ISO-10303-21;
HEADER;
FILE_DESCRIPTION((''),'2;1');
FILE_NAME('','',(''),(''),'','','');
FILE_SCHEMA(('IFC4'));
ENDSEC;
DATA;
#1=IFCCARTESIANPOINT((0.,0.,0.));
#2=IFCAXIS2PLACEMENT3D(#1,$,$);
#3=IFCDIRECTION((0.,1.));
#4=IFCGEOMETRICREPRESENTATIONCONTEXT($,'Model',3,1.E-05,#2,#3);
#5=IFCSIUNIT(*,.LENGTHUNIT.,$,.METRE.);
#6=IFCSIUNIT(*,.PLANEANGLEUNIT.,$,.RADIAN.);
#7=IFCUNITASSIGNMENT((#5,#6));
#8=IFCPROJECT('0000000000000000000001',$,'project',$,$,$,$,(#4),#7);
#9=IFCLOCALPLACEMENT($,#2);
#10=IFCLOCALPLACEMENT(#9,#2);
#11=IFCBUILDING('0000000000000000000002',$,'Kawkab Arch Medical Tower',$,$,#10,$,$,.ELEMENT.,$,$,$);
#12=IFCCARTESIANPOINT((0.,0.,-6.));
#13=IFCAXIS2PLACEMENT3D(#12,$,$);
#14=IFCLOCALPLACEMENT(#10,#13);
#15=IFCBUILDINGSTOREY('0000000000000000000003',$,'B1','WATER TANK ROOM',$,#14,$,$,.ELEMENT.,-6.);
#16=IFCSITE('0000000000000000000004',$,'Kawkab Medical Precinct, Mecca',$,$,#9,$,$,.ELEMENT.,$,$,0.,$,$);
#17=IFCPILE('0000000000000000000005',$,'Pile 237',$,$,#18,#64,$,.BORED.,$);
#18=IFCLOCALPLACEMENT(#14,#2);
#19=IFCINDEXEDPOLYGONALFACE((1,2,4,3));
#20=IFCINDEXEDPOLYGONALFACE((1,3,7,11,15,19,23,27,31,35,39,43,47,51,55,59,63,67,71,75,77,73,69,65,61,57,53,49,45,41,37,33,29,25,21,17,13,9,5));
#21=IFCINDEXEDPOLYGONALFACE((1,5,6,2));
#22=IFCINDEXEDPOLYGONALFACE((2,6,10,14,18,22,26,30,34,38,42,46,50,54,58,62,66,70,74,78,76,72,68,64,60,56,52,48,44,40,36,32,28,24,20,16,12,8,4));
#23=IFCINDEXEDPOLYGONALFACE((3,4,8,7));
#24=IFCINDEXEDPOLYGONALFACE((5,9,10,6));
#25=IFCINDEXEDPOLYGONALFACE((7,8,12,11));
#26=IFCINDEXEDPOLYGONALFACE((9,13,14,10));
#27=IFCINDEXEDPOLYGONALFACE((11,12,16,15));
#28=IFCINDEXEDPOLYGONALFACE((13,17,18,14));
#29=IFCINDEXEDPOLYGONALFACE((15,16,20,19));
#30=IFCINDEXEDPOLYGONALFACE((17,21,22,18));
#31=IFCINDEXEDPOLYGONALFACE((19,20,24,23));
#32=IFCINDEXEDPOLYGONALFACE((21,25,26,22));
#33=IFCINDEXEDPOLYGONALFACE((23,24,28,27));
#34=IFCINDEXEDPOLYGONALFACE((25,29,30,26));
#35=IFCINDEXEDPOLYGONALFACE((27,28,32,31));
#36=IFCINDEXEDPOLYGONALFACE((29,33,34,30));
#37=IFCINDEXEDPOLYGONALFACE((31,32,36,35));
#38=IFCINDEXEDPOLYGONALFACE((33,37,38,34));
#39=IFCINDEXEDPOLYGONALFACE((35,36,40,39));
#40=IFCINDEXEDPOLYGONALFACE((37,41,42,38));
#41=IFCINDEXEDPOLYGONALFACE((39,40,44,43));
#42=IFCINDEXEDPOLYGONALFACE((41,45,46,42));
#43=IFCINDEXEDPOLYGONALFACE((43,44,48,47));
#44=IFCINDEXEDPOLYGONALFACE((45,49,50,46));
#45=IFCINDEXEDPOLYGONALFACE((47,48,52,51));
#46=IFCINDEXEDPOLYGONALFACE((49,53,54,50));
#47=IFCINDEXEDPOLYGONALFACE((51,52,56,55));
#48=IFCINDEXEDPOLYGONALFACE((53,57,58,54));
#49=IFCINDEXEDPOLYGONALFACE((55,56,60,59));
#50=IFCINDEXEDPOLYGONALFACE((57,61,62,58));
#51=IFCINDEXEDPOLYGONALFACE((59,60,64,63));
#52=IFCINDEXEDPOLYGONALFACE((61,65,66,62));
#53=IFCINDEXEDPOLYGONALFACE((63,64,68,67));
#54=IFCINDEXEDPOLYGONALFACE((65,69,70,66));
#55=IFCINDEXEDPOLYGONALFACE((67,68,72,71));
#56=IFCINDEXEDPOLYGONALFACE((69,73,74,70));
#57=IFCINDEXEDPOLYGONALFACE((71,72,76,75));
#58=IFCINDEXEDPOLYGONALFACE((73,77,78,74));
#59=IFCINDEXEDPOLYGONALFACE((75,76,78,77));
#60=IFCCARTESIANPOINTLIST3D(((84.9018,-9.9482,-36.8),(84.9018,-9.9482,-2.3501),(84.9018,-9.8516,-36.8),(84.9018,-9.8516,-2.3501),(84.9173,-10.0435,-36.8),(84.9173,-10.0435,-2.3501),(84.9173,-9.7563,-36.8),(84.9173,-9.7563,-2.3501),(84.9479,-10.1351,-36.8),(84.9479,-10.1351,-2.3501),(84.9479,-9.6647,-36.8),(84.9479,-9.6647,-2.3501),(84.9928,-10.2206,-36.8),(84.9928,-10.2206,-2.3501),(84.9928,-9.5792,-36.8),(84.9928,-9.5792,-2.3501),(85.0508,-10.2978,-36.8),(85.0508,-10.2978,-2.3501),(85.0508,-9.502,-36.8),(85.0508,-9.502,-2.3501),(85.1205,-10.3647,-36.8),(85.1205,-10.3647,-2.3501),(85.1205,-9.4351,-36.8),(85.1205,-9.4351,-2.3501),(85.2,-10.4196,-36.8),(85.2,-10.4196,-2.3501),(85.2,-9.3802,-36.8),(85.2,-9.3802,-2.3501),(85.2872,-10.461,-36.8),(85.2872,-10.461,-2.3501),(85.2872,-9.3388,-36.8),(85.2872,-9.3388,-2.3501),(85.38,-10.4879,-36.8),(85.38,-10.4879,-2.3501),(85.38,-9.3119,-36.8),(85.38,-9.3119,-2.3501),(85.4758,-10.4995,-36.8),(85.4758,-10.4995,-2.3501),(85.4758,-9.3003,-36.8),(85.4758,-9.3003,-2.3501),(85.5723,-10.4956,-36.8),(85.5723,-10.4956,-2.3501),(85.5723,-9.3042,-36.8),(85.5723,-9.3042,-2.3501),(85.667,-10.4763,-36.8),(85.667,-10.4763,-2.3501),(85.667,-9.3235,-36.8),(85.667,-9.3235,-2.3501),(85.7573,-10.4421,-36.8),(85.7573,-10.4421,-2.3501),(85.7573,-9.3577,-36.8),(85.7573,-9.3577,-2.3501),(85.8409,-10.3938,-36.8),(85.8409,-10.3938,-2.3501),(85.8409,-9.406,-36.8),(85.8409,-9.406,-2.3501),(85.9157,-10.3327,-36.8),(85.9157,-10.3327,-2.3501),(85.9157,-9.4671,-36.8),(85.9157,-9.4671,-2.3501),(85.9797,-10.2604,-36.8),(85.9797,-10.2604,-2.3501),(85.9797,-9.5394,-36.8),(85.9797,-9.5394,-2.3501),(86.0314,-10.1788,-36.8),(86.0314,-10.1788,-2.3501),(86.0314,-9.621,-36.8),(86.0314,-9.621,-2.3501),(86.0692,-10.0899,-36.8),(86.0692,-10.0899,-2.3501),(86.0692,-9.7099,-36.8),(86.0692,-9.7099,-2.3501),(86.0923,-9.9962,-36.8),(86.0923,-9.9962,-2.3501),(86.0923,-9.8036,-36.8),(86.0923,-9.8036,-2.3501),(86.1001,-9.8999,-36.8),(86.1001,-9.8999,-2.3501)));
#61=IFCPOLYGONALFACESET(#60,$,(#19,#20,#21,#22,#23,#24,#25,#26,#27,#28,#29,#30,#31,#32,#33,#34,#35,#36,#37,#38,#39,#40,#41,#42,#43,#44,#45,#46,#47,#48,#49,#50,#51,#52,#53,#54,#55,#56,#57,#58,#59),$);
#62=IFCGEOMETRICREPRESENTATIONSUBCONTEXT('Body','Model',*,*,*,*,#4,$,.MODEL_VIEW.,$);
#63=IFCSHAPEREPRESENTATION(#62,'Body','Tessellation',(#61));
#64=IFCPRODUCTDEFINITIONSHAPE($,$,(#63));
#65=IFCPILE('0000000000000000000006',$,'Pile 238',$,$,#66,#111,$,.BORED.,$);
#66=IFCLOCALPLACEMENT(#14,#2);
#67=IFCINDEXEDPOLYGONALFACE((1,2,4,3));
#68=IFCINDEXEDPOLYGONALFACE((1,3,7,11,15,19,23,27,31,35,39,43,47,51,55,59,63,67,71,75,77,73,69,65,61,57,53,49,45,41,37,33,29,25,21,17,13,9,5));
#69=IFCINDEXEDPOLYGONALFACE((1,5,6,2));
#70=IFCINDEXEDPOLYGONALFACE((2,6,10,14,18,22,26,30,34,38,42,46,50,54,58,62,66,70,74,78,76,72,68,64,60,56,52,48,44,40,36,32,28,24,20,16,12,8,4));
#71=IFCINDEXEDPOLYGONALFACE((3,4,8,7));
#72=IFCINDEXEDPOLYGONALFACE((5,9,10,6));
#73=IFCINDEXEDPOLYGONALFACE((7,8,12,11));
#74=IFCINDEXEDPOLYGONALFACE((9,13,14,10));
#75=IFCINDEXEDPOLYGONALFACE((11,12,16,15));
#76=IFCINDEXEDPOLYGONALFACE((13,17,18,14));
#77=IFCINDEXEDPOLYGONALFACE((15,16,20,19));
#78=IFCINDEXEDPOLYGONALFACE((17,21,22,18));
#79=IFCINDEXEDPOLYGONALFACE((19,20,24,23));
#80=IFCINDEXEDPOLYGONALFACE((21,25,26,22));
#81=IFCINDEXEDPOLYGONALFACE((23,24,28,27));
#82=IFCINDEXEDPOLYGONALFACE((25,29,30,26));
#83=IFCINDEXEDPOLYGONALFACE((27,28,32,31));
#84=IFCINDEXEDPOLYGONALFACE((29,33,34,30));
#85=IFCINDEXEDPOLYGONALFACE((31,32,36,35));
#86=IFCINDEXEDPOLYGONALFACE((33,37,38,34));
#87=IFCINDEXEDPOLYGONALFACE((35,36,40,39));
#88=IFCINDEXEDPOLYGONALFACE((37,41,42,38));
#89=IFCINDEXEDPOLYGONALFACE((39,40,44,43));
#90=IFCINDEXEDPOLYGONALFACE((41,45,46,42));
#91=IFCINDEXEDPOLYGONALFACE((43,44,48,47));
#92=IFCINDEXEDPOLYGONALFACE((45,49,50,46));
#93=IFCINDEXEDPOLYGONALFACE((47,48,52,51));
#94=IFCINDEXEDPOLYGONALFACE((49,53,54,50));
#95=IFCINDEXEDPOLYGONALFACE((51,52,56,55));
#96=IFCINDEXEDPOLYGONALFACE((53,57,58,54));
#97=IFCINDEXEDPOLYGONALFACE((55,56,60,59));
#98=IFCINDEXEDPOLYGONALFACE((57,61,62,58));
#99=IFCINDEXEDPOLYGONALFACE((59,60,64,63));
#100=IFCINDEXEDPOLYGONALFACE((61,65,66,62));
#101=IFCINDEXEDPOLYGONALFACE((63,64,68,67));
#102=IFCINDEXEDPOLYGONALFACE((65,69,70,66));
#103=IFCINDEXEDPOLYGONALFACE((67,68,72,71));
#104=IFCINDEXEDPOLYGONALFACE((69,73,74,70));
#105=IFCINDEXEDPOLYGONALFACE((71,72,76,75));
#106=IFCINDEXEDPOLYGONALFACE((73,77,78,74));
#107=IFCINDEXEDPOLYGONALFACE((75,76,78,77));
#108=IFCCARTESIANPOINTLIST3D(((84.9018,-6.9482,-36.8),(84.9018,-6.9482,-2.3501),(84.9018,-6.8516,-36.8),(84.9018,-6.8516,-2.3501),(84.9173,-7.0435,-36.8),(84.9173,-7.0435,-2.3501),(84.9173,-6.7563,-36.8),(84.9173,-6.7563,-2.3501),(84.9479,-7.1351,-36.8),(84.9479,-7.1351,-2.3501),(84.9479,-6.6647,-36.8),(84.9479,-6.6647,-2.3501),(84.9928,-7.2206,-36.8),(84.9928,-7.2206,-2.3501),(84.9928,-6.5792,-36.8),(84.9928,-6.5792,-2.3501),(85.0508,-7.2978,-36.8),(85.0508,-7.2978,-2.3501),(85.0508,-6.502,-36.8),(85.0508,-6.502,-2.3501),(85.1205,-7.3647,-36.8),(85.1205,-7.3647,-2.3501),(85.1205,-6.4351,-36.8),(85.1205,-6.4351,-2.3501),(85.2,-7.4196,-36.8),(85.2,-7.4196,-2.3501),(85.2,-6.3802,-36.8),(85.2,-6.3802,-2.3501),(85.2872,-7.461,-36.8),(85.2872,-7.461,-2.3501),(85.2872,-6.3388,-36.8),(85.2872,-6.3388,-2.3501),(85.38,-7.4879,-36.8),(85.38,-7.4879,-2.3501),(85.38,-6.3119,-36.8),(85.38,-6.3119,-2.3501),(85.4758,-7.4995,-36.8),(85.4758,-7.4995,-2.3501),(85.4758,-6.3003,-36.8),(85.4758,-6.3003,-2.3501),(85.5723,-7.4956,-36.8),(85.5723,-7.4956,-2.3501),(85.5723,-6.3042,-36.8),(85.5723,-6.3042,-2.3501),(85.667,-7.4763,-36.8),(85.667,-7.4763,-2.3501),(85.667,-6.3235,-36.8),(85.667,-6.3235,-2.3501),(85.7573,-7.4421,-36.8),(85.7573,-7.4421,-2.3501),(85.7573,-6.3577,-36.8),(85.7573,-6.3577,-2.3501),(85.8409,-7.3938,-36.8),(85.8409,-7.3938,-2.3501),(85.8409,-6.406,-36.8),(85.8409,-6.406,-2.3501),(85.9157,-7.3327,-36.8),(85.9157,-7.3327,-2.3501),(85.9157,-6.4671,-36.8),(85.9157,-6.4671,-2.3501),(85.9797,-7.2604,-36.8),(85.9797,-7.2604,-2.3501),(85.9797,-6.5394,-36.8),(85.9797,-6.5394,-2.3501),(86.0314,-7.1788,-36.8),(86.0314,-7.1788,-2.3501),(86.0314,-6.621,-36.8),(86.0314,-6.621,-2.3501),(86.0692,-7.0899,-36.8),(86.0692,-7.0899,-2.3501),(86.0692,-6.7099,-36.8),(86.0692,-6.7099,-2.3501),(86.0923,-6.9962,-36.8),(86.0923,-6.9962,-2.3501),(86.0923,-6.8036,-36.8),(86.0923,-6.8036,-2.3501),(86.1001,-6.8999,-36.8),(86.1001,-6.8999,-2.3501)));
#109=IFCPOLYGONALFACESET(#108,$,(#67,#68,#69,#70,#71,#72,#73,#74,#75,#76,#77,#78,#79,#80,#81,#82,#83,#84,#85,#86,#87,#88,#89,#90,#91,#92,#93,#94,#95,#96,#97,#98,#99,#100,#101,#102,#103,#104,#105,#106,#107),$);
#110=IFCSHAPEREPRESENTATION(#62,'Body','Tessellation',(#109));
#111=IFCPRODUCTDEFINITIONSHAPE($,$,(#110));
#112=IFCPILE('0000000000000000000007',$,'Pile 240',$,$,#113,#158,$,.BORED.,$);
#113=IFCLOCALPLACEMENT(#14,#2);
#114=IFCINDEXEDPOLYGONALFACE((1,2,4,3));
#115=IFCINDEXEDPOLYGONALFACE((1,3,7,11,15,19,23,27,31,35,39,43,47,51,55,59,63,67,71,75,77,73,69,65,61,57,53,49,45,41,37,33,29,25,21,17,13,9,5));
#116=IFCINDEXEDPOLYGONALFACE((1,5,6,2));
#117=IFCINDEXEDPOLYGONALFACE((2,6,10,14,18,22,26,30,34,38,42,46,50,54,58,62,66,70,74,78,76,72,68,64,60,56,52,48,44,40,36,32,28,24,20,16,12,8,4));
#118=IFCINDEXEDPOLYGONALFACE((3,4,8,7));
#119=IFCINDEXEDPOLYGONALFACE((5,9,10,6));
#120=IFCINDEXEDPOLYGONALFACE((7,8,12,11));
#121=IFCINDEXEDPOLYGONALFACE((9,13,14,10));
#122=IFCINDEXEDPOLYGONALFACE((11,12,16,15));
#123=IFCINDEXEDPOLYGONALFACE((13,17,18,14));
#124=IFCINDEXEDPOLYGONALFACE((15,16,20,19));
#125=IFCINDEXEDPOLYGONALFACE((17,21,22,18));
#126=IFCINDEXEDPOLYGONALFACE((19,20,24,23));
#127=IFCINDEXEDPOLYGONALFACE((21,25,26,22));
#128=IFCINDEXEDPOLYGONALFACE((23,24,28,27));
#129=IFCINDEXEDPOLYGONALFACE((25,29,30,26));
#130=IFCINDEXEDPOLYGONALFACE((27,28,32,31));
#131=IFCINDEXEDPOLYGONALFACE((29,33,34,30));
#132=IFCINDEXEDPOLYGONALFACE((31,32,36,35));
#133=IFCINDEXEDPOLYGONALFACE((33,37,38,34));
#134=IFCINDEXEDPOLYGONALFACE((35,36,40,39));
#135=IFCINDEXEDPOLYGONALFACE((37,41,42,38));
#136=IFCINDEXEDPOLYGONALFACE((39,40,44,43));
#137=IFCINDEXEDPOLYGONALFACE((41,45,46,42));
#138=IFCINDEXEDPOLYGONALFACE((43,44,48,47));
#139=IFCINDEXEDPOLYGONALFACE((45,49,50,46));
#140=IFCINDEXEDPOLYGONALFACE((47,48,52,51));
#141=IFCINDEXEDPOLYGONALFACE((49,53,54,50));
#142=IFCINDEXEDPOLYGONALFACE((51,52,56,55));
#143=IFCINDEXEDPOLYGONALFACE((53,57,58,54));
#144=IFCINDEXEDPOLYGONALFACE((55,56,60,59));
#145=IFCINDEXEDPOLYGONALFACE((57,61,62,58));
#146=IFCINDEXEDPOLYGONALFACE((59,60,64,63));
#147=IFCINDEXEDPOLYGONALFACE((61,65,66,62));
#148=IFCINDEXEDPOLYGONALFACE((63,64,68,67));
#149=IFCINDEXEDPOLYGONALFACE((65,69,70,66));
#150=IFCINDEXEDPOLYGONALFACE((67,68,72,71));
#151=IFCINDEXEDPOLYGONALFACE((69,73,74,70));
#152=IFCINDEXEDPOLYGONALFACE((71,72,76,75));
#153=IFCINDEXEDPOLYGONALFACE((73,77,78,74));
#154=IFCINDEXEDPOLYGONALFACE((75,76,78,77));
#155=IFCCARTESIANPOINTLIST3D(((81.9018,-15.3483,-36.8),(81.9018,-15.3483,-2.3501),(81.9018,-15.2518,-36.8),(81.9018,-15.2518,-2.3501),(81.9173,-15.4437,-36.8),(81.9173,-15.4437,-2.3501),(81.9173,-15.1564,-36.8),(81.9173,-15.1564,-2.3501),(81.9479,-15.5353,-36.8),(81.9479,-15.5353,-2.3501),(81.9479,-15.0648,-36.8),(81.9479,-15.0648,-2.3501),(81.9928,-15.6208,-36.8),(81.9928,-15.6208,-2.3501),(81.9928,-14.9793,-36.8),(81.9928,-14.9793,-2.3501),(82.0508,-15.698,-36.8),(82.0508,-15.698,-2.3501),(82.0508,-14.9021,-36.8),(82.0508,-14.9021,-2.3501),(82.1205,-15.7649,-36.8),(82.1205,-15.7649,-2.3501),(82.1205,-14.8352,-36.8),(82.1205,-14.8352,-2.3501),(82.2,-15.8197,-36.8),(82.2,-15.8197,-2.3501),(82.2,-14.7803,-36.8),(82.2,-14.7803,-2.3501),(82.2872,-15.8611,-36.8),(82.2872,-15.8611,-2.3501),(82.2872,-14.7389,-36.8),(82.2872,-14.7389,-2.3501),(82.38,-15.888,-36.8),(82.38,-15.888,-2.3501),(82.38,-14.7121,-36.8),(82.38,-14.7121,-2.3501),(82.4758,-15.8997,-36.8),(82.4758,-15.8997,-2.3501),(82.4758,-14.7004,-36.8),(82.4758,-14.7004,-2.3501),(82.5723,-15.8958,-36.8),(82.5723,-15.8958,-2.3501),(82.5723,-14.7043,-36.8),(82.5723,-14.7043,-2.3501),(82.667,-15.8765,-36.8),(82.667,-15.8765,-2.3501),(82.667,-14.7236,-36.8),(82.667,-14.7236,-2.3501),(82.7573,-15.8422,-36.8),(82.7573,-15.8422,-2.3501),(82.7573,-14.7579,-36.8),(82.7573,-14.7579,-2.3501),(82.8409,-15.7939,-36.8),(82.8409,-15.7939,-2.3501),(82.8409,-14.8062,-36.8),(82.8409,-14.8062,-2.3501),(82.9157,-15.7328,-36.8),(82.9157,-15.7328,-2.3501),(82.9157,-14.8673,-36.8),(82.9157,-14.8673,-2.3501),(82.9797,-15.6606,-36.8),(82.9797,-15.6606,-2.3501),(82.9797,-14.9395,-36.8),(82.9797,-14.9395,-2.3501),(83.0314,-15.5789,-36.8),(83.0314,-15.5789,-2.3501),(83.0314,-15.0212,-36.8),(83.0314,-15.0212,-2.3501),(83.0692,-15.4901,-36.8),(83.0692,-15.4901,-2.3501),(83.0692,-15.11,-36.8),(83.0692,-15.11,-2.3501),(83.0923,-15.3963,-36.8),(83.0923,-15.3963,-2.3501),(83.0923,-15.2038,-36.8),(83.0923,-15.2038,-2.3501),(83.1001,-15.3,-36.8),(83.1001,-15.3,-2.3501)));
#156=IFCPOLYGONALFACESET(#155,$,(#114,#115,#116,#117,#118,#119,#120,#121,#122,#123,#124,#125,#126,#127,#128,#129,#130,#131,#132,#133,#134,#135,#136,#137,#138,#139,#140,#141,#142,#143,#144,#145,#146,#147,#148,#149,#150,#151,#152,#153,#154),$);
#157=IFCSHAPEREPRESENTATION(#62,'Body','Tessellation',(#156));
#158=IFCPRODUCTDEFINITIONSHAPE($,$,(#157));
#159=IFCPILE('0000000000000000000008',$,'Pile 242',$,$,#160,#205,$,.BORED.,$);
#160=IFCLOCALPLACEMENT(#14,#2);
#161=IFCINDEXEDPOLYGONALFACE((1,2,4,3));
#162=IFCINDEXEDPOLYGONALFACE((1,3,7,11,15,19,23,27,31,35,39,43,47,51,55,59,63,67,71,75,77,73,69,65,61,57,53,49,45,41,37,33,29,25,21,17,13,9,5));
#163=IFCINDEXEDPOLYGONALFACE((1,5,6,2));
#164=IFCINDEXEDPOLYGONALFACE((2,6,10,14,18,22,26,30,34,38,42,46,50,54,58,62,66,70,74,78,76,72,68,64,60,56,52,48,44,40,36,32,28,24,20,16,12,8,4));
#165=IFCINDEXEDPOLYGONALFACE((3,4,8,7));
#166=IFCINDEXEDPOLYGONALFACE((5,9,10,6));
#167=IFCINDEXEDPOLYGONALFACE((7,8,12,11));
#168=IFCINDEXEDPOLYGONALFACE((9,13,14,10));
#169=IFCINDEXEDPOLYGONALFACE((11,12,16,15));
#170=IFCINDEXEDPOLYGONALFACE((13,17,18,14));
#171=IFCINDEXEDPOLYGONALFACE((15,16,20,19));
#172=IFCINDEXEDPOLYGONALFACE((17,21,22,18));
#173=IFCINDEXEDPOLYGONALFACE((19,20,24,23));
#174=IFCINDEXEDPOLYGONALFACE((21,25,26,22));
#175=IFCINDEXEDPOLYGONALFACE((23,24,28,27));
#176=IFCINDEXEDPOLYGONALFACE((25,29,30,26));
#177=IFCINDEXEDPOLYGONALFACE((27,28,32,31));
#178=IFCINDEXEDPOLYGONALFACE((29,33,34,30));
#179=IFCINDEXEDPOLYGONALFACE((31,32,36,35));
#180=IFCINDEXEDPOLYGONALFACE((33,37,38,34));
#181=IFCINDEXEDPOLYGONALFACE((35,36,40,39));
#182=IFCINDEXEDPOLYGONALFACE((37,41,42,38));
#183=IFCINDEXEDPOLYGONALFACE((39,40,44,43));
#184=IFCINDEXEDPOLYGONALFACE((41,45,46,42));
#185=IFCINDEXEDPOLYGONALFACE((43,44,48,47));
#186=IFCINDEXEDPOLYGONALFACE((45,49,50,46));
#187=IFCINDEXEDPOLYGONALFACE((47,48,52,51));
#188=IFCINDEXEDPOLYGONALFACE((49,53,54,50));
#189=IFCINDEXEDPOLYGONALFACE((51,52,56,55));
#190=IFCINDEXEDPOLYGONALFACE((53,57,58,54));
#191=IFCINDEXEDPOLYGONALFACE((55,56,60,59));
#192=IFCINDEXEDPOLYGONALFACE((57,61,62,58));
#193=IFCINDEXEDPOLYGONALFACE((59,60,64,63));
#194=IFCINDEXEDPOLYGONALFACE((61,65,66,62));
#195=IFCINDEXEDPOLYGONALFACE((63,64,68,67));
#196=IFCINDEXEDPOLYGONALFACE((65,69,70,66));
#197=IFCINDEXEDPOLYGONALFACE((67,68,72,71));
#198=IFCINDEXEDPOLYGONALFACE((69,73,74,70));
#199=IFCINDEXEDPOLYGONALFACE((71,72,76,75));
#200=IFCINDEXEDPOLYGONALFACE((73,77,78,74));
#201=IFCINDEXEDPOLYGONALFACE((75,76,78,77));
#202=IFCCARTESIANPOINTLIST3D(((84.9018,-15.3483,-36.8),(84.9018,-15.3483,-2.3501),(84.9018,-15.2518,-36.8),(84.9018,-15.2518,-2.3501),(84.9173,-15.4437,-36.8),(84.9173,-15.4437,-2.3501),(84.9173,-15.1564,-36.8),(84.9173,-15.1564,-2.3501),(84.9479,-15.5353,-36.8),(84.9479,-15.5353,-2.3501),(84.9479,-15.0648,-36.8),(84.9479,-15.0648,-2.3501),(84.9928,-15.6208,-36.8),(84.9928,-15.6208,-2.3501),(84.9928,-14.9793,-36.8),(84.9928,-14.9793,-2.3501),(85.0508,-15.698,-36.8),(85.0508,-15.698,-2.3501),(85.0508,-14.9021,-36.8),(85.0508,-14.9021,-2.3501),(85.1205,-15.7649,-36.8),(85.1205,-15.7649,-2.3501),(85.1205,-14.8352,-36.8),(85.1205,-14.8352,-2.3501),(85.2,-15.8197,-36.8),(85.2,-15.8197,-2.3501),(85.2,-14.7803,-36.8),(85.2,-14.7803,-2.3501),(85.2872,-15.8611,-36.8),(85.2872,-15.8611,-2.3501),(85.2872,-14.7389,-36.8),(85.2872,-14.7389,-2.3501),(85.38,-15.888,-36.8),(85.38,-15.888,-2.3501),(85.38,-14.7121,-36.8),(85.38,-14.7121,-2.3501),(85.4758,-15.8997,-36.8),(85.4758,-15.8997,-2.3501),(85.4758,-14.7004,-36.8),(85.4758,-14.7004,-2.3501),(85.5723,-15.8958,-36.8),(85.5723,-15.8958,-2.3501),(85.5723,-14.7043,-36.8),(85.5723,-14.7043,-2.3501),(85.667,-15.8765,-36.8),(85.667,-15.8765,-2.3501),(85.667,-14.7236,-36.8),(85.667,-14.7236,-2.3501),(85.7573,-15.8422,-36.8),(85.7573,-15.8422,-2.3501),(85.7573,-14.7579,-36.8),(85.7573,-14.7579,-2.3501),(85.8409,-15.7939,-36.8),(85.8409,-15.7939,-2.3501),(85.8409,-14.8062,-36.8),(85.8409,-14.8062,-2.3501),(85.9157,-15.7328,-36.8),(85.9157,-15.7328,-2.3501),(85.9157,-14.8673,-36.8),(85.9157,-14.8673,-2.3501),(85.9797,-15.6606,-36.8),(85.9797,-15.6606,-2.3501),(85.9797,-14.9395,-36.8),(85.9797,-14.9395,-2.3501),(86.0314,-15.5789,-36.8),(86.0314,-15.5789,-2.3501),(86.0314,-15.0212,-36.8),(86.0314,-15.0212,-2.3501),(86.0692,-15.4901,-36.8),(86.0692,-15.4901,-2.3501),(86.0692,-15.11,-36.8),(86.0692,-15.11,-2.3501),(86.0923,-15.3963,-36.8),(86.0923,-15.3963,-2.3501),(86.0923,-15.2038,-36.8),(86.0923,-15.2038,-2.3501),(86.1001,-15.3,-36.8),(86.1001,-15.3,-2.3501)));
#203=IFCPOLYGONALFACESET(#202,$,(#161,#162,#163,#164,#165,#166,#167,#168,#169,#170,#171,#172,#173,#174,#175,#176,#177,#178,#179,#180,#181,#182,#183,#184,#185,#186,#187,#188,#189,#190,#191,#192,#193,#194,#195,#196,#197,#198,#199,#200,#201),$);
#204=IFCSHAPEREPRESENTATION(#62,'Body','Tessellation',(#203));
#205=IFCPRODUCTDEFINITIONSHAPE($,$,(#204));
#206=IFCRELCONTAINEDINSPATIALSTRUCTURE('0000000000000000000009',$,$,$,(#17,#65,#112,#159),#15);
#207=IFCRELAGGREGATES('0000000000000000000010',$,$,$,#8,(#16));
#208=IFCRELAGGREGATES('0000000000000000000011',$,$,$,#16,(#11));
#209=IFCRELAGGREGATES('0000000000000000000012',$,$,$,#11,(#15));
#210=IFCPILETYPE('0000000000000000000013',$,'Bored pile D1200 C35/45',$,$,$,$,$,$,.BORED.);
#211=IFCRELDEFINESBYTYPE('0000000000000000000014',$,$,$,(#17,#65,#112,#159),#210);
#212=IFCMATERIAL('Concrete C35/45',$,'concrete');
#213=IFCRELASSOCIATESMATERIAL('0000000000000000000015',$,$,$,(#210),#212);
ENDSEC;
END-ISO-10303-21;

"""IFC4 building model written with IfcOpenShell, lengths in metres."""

from ifc_helpers import new_model, si_unit, direction, frame, origin, origin_2d, place, context, subcontext, project, spatial, circle, extrude, material, material_profile, profile_set, type_object, element, save


model = new_model("IFC4")

# Units and contexts
model_context = context("Model", 3, precision=1e-05, world=origin(), true_north=direction((0.0, 1.0)))
body_context = subcontext(model_context, "Body", "Model", "MODEL_VIEW")
ifc_project = project(units=[si_unit("LENGTHUNIT", "METRE"), si_unit("PLANEANGLEUNIT", "RADIAN")], contexts=[model_context])

# Site, building, storey
site_placement = place(None, origin())
site = spatial("IfcSite", under=ifc_project, at=site_placement, Name="Kawkab Medical Precinct, Mecca", CompositionType="ELEMENT", RefElevation=0.0)
building_placement = place(site_placement, origin())
building = spatial("IfcBuilding", under=site, at=building_placement, Name="Kawkab Arch Medical Tower", CompositionType="ELEMENT")
storey_placement = place(building_placement, frame((0.0, 0.0, -6.0)))
storey = spatial("IfcBuildingStorey", under=building, at=storey_placement, Name="B1", Description="WATER TANK ROOM", CompositionType="ELEMENT", Elevation=-6.0)

# Piles
ifc_material_1 = material(Name="Concrete C35/45", Category="concrete")
ifc_material_profile_1 = material_profile(ifc_material_1, circle(Radius=0.6001, at=origin_2d()), Name="Bored pile D1200")
ifc_profile_set_1 = profile_set([ifc_material_profile_1], Name="Concrete C35/45")
pile_type_1 = type_object("IfcPileType", Name="Bored pile D1200 C35/45", PredefinedType="BORED", material=ifc_profile_set_1)
for number, where, z_axis, x_axis, name in (
    (1, (85.5, -9.8999, -2.3501), (0.0, 0.0, -1.0), (1.0, 0.0, 0.0), "Pile 237"),
    (2, (85.5, -6.8999, -2.3501), (0.0, 0.0, -1.0), (1.0, 0.0, 0.0), "Pile 238"),
    (3, (82.5, -15.3, -2.3501), (0.0, 0.0, -1.0), (1.0, 0.0, 0.0), "Pile 240"),
    (4, (85.5, -15.3, -2.3501), (0.0, 0.0, -1.0), (1.0, 0.0, 0.0), "Pile 242"),
):
    element("IfcPile", number, at=place(storey_placement, frame(where, z_axis=z_axis, x_axis=x_axis)), inside=storey, type_object=pile_type_1, Name=name, PredefinedType="BORED", context=body_context, shape_type="SweptSolid", body=[
        extrude(circle(Radius=0.6001, at=origin_2d()), origin(), (0.0, 0.0, 1.0), 34.45),
    ])

save(model, "model.ifc")
